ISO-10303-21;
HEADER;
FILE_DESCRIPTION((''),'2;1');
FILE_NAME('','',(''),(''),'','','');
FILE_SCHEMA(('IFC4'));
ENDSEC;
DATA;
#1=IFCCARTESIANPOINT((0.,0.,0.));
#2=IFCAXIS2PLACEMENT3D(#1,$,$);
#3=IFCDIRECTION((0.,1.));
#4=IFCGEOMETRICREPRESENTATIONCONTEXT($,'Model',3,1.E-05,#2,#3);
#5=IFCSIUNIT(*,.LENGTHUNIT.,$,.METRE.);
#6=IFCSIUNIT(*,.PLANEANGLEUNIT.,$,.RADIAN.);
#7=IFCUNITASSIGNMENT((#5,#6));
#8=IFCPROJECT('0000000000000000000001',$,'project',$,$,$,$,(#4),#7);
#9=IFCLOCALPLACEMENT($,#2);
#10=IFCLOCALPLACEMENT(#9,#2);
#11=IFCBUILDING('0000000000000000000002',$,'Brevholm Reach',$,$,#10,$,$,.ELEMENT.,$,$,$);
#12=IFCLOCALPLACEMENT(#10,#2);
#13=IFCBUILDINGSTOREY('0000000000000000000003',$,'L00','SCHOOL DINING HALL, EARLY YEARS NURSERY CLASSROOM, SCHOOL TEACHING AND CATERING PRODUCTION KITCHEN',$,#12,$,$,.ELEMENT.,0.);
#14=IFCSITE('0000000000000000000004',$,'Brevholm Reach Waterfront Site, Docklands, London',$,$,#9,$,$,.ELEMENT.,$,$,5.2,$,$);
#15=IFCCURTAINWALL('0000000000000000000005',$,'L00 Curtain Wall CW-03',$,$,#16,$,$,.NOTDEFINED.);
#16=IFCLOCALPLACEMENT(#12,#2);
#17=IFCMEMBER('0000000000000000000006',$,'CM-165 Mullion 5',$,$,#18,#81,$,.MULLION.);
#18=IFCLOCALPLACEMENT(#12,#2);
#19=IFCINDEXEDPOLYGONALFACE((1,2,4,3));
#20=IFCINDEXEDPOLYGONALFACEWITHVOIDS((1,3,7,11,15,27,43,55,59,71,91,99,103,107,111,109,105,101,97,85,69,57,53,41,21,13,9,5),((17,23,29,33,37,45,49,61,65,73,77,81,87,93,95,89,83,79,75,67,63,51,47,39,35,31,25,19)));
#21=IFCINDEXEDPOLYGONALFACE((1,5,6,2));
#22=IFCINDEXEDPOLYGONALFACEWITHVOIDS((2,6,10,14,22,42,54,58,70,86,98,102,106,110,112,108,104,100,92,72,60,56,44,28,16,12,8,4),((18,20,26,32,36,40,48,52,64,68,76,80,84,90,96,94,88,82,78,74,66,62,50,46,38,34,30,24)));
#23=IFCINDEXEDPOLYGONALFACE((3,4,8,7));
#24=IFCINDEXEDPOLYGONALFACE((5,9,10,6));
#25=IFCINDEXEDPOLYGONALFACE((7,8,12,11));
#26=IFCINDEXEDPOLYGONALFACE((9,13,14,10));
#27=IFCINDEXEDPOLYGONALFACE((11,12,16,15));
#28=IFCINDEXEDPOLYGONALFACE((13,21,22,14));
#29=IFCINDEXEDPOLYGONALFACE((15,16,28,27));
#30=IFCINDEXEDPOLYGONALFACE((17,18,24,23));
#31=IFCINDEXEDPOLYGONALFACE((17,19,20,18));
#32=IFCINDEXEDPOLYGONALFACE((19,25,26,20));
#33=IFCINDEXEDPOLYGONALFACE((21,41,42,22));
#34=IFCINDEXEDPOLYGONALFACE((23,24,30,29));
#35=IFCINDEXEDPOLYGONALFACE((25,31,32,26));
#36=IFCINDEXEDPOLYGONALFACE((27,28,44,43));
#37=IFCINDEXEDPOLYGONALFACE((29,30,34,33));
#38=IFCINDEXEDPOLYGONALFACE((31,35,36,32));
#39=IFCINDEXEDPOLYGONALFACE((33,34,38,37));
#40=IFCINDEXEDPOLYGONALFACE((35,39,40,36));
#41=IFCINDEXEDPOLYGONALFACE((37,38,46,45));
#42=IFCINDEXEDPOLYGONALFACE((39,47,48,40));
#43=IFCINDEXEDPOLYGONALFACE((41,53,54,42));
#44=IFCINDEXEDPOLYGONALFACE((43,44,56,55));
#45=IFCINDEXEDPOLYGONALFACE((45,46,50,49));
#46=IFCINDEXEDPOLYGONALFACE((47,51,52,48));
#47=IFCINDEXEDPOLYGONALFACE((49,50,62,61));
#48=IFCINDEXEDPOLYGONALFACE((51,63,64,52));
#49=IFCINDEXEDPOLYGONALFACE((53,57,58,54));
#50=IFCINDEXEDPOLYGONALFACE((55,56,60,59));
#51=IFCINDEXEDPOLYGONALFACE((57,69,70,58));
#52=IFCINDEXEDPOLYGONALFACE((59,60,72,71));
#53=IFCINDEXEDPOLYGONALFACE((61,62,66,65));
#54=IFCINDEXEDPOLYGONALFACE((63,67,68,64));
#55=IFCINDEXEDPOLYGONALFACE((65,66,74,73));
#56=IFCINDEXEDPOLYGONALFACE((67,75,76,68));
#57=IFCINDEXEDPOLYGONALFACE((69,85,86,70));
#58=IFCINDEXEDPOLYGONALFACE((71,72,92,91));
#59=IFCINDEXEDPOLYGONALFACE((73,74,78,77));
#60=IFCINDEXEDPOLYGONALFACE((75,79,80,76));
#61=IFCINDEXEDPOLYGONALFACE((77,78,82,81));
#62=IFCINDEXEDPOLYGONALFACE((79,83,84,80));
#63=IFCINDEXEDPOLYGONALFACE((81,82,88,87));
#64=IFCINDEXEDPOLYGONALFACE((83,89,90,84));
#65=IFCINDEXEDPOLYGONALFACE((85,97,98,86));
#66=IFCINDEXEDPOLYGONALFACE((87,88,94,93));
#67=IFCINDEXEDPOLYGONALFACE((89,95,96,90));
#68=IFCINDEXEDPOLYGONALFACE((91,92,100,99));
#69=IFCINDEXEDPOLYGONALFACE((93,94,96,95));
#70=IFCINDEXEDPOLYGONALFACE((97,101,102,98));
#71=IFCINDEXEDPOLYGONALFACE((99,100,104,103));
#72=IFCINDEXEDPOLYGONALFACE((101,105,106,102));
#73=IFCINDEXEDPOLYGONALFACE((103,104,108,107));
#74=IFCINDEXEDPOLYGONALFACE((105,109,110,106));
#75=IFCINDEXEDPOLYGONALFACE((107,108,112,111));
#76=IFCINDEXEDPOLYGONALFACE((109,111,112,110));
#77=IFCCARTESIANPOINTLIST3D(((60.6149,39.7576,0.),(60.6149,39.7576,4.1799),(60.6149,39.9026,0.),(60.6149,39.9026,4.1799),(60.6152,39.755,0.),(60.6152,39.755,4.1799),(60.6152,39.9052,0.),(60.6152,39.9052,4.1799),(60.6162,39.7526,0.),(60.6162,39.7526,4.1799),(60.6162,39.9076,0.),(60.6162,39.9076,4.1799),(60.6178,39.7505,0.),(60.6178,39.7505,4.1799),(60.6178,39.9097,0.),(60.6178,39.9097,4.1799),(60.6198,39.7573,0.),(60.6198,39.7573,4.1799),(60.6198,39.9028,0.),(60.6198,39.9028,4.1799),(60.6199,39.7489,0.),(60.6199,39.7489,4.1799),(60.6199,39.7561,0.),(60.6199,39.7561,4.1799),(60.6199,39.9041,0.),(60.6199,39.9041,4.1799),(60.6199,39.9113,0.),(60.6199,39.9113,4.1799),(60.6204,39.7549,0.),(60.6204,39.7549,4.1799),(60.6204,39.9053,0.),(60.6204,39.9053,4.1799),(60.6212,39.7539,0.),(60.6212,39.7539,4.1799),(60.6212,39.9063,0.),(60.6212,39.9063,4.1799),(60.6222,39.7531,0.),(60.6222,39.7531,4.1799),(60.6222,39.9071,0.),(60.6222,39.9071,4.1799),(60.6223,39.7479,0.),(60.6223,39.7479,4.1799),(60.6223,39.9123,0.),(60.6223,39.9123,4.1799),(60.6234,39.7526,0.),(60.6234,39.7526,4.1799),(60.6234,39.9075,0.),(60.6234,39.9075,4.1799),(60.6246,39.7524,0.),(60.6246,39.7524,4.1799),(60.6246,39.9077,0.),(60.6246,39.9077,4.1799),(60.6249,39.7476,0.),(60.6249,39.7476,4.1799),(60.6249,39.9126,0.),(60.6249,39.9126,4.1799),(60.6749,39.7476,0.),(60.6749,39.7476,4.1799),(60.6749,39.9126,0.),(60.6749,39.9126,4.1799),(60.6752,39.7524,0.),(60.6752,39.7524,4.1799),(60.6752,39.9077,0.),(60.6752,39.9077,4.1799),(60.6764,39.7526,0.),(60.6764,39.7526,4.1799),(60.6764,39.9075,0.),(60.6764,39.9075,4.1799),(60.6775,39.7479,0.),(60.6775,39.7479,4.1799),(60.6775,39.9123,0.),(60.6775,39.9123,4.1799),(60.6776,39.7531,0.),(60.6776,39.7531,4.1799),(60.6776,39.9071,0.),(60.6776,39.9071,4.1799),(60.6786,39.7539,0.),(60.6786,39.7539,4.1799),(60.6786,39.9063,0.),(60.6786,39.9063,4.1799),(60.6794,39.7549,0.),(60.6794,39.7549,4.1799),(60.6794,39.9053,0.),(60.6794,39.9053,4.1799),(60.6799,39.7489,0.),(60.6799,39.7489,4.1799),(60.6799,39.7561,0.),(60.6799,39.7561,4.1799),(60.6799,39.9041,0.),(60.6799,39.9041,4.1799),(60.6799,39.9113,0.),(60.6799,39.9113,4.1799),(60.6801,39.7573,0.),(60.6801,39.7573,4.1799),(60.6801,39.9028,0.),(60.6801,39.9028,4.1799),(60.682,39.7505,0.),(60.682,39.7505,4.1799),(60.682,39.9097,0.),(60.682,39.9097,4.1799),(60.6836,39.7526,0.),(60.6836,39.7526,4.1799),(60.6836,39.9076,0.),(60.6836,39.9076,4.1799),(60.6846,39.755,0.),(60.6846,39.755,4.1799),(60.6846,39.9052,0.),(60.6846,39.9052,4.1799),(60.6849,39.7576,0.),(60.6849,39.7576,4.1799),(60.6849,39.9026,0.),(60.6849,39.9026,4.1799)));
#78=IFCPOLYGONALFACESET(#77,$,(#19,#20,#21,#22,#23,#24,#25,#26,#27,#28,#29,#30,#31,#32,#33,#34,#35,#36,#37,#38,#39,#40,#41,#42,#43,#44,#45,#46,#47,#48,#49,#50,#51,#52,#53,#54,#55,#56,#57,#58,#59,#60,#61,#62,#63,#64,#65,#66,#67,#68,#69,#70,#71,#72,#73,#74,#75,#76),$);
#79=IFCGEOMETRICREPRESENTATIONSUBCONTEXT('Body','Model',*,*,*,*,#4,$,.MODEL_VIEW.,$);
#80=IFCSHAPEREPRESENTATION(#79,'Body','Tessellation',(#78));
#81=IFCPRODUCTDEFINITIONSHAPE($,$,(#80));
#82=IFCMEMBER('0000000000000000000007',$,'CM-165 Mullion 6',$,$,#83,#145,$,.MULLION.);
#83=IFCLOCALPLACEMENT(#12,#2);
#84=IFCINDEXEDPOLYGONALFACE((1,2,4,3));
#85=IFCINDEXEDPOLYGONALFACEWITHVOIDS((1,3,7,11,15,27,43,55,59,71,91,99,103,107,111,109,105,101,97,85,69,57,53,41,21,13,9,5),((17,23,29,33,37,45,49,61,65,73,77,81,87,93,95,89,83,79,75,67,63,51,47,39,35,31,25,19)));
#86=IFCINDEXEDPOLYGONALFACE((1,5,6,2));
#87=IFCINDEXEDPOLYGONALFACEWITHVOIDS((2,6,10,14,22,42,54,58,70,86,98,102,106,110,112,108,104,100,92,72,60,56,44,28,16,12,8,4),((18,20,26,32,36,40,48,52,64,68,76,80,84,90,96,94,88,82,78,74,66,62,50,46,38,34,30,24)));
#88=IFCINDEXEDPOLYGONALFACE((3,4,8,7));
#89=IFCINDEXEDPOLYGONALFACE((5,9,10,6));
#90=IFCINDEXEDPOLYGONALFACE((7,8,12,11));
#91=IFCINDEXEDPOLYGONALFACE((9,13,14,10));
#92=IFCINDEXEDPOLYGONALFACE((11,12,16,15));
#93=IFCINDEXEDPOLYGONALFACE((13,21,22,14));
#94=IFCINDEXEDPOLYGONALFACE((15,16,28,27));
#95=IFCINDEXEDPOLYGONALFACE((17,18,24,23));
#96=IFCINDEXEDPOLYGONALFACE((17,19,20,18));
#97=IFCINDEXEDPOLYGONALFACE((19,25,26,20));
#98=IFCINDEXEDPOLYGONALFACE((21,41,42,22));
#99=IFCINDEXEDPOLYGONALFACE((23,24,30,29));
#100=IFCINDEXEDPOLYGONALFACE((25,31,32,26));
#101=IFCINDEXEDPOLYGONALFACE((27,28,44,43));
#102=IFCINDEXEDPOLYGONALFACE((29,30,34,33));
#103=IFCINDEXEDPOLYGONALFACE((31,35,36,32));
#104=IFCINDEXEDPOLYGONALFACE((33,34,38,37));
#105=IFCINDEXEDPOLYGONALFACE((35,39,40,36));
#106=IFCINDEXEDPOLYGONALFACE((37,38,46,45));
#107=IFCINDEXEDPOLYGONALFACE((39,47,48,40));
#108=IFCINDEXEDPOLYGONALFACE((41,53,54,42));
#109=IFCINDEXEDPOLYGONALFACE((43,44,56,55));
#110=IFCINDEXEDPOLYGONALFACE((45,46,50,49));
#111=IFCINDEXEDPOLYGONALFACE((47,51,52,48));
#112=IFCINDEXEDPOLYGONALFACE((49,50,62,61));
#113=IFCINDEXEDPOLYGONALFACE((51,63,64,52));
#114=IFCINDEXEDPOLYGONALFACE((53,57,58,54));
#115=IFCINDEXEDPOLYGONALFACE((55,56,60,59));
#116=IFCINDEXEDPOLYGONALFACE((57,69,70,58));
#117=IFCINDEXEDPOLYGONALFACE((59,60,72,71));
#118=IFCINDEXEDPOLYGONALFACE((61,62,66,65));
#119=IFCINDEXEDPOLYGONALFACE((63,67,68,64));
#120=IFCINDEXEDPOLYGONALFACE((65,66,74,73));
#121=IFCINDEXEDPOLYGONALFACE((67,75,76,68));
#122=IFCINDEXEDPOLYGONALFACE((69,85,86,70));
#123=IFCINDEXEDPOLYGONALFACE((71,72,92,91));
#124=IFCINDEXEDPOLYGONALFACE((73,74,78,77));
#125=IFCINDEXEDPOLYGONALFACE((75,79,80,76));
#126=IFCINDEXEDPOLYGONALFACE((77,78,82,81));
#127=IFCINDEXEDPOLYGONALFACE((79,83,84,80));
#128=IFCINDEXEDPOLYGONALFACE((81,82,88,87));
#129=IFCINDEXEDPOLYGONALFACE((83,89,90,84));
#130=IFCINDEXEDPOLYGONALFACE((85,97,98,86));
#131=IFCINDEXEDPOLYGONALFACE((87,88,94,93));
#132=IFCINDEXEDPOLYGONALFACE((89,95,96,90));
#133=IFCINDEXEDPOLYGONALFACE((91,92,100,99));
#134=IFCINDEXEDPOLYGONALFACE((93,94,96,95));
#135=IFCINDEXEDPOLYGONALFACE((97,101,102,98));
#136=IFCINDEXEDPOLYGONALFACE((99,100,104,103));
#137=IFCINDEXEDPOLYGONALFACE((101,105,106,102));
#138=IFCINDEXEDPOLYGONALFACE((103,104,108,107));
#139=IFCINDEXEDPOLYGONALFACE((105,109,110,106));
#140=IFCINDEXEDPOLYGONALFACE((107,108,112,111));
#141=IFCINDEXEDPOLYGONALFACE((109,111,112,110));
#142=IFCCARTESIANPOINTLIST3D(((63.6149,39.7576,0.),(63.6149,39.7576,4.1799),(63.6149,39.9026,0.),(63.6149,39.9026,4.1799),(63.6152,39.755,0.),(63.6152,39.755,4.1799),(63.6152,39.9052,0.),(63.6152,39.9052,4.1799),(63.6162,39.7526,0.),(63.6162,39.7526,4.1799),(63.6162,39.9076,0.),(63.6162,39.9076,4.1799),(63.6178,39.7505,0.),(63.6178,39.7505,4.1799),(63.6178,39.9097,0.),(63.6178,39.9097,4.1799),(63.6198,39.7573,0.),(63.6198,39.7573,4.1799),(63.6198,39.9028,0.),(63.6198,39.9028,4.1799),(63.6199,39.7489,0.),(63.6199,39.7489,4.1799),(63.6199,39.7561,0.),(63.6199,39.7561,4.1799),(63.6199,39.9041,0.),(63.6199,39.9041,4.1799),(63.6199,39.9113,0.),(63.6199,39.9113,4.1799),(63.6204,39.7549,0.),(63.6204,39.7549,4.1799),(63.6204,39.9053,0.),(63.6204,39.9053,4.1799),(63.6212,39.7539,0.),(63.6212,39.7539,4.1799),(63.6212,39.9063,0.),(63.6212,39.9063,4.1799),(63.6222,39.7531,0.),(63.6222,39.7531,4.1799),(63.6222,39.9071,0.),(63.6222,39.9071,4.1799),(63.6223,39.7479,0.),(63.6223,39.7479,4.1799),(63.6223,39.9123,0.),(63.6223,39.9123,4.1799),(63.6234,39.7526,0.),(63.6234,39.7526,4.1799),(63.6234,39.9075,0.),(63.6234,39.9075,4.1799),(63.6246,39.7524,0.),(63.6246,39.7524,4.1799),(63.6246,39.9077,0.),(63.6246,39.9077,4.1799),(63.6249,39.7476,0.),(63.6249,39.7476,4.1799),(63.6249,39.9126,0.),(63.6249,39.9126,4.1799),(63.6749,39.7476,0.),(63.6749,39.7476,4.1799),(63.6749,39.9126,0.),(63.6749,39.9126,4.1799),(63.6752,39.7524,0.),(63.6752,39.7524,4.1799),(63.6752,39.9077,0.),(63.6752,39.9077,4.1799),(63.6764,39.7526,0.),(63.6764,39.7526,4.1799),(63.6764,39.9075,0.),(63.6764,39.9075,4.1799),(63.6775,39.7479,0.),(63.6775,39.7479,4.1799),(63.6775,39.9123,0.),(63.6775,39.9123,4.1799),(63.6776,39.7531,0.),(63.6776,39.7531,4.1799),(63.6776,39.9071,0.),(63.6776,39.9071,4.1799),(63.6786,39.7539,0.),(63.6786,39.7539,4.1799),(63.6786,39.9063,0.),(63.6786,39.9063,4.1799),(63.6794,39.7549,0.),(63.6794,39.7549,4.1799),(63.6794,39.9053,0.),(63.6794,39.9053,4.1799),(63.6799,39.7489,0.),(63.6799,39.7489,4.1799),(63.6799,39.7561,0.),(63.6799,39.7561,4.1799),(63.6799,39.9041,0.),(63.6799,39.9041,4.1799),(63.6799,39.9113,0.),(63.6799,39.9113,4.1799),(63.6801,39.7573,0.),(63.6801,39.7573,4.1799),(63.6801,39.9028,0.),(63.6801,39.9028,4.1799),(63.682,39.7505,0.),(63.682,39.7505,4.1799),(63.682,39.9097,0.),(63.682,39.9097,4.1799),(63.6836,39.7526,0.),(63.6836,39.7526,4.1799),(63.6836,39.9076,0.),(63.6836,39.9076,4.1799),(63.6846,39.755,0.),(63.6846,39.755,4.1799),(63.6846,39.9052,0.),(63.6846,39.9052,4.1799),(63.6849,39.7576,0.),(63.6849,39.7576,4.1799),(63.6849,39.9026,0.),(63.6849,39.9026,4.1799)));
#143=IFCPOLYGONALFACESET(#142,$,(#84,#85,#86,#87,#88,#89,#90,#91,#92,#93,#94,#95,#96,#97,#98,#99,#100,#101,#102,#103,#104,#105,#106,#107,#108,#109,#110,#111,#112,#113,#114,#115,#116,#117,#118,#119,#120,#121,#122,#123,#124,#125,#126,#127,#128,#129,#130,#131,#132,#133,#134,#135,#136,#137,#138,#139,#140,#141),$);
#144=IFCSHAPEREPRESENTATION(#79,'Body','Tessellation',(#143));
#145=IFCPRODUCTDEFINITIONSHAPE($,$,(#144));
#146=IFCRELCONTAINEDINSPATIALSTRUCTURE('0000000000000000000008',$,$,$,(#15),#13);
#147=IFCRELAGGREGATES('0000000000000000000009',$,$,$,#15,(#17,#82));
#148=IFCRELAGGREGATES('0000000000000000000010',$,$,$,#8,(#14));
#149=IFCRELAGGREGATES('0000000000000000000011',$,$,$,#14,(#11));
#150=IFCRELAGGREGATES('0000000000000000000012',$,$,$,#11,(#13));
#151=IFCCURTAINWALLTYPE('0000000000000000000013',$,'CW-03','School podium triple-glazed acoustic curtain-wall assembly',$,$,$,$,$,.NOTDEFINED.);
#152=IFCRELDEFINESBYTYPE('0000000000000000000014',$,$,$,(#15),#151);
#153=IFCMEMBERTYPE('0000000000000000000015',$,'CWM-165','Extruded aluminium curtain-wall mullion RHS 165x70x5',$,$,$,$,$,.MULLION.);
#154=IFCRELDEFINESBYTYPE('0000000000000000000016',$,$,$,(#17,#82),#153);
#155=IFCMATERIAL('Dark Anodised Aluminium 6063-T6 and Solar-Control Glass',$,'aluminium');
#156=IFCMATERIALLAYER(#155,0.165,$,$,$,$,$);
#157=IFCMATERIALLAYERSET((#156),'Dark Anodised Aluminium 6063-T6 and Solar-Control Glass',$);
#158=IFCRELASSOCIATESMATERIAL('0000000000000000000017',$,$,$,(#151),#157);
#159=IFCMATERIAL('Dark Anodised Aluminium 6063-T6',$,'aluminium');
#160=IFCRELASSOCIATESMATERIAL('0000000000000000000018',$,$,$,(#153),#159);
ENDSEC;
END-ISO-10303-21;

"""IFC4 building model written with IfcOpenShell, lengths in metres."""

from ifc_helpers import new_model, si_unit, direction, frame, origin, origin_2d, place, context, subcontext, project, spatial, hollow_rectangle, extrude, material, layer, layer_set, material_profile, profile_set, type_object, element, aggregate, save


model = new_model("IFC4")

# Units and contexts
model_context = context("Model", 3, precision=1e-05, world=origin(), true_north=direction((0.0, 1.0)))
body_context = subcontext(model_context, "Body", "Model", "MODEL_VIEW")
ifc_project = project(units=[si_unit("LENGTHUNIT", "METRE"), si_unit("PLANEANGLEUNIT", "RADIAN")], contexts=[model_context])

# Site, building, storey
site_placement = place(None, origin())
site = spatial("IfcSite", under=ifc_project, at=site_placement, Name="Brevholm Reach Waterfront Site, Docklands, London", CompositionType="ELEMENT", RefElevation=5.2)
building_placement = place(site_placement, origin())
building = spatial("IfcBuilding", under=site, at=building_placement, Name="Brevholm Reach", CompositionType="ELEMENT")
storey_placement = place(building_placement, origin())
storey = spatial("IfcBuildingStorey", under=building, at=storey_placement, Name="L00", Description="SCHOOL DINING HALL, EARLY YEARS NURSERY CLASSROOM, SCHOOL TEACHING AND CATERING PRODUCTION KITCHEN", CompositionType="ELEMENT", Elevation=0.0)

# Curtain wall, members
ifc_material_1 = material(Name="Dark Anodised Aluminium 6063-T6 and Solar-Control Glass", Category="aluminium")
ifc_layer_1 = layer(ifc_material_1, 0.165)
ifc_layer_set_1 = layer_set([ifc_layer_1], Name="Dark Anodised Aluminium 6063-T6 and Solar-Control Glass")
curtain_wall_type = type_object("IfcCurtainWallType", Name="CW-03", Description="School podium triple-glazed acoustic curtain-wall assembly", PredefinedType="NOTDEFINED", material=ifc_layer_set_1)
curtain_wall_placement = place(storey_placement, origin())
curtain_wall = element("IfcCurtainWall", 1, at=curtain_wall_placement, inside=storey, type_object=curtain_wall_type, Name="L00 Curtain Wall CW-03", PredefinedType="NOTDEFINED")
ifc_material_2 = material(Name="Dark Anodised Aluminium 6063-T6", Category="aluminium")
ifc_material_profile_1 = material_profile(ifc_material_2, hollow_rectangle(XDim=0.0701, YDim=0.165, WallThickness=0.0049, InnerFilletRadius=0.0049, OuterFilletRadius=0.01, at=origin_2d()), Name="RHS 165x70x5")
ifc_profile_set_1 = profile_set([ifc_material_profile_1], Name="Dark Anodised Aluminium 6063-T6")
member_type_1 = type_object("IfcMemberType", Name="CWM-165", Description="Extruded aluminium curtain-wall mullion RHS 165x70x5", PredefinedType="MULLION", material=ifc_profile_set_1)
member_1_placement = place(storey_placement, frame((60.6499, 39.8301, 0.0), z_axis=(0.0, 0.0, 1.0), x_axis=(1.0, 0.0, 0.0)))
member_1 = element("IfcMember", 2, at=member_1_placement, type_object=member_type_1, Name="CM-165 Mullion 5", PredefinedType="MULLION", context=body_context, shape_type="SweptSolid", body=[
    extrude(hollow_rectangle(XDim=0.0701, YDim=0.165, WallThickness=0.0049, InnerFilletRadius=0.0049, OuterFilletRadius=0.01, at=origin_2d()), origin(), (0.0, 0.0, 1.0), 4.1799),
])
member_2_placement = place(storey_placement, frame((63.6499, 39.8301, 0.0), z_axis=(0.0, 0.0, 1.0), x_axis=(1.0, 0.0, 0.0)))
member_2 = element("IfcMember", 3, at=member_2_placement, type_object=member_type_1, Name="CM-165 Mullion 6", PredefinedType="MULLION", context=body_context, shape_type="SweptSolid", body=[
    extrude(hollow_rectangle(XDim=0.0701, YDim=0.165, WallThickness=0.0049, InnerFilletRadius=0.0049, OuterFilletRadius=0.01, at=origin_2d()), origin(), (0.0, 0.0, 1.0), 4.1799),
])
aggregate(curtain_wall, [member_1, member_2])

save(model, "model.ifc")
